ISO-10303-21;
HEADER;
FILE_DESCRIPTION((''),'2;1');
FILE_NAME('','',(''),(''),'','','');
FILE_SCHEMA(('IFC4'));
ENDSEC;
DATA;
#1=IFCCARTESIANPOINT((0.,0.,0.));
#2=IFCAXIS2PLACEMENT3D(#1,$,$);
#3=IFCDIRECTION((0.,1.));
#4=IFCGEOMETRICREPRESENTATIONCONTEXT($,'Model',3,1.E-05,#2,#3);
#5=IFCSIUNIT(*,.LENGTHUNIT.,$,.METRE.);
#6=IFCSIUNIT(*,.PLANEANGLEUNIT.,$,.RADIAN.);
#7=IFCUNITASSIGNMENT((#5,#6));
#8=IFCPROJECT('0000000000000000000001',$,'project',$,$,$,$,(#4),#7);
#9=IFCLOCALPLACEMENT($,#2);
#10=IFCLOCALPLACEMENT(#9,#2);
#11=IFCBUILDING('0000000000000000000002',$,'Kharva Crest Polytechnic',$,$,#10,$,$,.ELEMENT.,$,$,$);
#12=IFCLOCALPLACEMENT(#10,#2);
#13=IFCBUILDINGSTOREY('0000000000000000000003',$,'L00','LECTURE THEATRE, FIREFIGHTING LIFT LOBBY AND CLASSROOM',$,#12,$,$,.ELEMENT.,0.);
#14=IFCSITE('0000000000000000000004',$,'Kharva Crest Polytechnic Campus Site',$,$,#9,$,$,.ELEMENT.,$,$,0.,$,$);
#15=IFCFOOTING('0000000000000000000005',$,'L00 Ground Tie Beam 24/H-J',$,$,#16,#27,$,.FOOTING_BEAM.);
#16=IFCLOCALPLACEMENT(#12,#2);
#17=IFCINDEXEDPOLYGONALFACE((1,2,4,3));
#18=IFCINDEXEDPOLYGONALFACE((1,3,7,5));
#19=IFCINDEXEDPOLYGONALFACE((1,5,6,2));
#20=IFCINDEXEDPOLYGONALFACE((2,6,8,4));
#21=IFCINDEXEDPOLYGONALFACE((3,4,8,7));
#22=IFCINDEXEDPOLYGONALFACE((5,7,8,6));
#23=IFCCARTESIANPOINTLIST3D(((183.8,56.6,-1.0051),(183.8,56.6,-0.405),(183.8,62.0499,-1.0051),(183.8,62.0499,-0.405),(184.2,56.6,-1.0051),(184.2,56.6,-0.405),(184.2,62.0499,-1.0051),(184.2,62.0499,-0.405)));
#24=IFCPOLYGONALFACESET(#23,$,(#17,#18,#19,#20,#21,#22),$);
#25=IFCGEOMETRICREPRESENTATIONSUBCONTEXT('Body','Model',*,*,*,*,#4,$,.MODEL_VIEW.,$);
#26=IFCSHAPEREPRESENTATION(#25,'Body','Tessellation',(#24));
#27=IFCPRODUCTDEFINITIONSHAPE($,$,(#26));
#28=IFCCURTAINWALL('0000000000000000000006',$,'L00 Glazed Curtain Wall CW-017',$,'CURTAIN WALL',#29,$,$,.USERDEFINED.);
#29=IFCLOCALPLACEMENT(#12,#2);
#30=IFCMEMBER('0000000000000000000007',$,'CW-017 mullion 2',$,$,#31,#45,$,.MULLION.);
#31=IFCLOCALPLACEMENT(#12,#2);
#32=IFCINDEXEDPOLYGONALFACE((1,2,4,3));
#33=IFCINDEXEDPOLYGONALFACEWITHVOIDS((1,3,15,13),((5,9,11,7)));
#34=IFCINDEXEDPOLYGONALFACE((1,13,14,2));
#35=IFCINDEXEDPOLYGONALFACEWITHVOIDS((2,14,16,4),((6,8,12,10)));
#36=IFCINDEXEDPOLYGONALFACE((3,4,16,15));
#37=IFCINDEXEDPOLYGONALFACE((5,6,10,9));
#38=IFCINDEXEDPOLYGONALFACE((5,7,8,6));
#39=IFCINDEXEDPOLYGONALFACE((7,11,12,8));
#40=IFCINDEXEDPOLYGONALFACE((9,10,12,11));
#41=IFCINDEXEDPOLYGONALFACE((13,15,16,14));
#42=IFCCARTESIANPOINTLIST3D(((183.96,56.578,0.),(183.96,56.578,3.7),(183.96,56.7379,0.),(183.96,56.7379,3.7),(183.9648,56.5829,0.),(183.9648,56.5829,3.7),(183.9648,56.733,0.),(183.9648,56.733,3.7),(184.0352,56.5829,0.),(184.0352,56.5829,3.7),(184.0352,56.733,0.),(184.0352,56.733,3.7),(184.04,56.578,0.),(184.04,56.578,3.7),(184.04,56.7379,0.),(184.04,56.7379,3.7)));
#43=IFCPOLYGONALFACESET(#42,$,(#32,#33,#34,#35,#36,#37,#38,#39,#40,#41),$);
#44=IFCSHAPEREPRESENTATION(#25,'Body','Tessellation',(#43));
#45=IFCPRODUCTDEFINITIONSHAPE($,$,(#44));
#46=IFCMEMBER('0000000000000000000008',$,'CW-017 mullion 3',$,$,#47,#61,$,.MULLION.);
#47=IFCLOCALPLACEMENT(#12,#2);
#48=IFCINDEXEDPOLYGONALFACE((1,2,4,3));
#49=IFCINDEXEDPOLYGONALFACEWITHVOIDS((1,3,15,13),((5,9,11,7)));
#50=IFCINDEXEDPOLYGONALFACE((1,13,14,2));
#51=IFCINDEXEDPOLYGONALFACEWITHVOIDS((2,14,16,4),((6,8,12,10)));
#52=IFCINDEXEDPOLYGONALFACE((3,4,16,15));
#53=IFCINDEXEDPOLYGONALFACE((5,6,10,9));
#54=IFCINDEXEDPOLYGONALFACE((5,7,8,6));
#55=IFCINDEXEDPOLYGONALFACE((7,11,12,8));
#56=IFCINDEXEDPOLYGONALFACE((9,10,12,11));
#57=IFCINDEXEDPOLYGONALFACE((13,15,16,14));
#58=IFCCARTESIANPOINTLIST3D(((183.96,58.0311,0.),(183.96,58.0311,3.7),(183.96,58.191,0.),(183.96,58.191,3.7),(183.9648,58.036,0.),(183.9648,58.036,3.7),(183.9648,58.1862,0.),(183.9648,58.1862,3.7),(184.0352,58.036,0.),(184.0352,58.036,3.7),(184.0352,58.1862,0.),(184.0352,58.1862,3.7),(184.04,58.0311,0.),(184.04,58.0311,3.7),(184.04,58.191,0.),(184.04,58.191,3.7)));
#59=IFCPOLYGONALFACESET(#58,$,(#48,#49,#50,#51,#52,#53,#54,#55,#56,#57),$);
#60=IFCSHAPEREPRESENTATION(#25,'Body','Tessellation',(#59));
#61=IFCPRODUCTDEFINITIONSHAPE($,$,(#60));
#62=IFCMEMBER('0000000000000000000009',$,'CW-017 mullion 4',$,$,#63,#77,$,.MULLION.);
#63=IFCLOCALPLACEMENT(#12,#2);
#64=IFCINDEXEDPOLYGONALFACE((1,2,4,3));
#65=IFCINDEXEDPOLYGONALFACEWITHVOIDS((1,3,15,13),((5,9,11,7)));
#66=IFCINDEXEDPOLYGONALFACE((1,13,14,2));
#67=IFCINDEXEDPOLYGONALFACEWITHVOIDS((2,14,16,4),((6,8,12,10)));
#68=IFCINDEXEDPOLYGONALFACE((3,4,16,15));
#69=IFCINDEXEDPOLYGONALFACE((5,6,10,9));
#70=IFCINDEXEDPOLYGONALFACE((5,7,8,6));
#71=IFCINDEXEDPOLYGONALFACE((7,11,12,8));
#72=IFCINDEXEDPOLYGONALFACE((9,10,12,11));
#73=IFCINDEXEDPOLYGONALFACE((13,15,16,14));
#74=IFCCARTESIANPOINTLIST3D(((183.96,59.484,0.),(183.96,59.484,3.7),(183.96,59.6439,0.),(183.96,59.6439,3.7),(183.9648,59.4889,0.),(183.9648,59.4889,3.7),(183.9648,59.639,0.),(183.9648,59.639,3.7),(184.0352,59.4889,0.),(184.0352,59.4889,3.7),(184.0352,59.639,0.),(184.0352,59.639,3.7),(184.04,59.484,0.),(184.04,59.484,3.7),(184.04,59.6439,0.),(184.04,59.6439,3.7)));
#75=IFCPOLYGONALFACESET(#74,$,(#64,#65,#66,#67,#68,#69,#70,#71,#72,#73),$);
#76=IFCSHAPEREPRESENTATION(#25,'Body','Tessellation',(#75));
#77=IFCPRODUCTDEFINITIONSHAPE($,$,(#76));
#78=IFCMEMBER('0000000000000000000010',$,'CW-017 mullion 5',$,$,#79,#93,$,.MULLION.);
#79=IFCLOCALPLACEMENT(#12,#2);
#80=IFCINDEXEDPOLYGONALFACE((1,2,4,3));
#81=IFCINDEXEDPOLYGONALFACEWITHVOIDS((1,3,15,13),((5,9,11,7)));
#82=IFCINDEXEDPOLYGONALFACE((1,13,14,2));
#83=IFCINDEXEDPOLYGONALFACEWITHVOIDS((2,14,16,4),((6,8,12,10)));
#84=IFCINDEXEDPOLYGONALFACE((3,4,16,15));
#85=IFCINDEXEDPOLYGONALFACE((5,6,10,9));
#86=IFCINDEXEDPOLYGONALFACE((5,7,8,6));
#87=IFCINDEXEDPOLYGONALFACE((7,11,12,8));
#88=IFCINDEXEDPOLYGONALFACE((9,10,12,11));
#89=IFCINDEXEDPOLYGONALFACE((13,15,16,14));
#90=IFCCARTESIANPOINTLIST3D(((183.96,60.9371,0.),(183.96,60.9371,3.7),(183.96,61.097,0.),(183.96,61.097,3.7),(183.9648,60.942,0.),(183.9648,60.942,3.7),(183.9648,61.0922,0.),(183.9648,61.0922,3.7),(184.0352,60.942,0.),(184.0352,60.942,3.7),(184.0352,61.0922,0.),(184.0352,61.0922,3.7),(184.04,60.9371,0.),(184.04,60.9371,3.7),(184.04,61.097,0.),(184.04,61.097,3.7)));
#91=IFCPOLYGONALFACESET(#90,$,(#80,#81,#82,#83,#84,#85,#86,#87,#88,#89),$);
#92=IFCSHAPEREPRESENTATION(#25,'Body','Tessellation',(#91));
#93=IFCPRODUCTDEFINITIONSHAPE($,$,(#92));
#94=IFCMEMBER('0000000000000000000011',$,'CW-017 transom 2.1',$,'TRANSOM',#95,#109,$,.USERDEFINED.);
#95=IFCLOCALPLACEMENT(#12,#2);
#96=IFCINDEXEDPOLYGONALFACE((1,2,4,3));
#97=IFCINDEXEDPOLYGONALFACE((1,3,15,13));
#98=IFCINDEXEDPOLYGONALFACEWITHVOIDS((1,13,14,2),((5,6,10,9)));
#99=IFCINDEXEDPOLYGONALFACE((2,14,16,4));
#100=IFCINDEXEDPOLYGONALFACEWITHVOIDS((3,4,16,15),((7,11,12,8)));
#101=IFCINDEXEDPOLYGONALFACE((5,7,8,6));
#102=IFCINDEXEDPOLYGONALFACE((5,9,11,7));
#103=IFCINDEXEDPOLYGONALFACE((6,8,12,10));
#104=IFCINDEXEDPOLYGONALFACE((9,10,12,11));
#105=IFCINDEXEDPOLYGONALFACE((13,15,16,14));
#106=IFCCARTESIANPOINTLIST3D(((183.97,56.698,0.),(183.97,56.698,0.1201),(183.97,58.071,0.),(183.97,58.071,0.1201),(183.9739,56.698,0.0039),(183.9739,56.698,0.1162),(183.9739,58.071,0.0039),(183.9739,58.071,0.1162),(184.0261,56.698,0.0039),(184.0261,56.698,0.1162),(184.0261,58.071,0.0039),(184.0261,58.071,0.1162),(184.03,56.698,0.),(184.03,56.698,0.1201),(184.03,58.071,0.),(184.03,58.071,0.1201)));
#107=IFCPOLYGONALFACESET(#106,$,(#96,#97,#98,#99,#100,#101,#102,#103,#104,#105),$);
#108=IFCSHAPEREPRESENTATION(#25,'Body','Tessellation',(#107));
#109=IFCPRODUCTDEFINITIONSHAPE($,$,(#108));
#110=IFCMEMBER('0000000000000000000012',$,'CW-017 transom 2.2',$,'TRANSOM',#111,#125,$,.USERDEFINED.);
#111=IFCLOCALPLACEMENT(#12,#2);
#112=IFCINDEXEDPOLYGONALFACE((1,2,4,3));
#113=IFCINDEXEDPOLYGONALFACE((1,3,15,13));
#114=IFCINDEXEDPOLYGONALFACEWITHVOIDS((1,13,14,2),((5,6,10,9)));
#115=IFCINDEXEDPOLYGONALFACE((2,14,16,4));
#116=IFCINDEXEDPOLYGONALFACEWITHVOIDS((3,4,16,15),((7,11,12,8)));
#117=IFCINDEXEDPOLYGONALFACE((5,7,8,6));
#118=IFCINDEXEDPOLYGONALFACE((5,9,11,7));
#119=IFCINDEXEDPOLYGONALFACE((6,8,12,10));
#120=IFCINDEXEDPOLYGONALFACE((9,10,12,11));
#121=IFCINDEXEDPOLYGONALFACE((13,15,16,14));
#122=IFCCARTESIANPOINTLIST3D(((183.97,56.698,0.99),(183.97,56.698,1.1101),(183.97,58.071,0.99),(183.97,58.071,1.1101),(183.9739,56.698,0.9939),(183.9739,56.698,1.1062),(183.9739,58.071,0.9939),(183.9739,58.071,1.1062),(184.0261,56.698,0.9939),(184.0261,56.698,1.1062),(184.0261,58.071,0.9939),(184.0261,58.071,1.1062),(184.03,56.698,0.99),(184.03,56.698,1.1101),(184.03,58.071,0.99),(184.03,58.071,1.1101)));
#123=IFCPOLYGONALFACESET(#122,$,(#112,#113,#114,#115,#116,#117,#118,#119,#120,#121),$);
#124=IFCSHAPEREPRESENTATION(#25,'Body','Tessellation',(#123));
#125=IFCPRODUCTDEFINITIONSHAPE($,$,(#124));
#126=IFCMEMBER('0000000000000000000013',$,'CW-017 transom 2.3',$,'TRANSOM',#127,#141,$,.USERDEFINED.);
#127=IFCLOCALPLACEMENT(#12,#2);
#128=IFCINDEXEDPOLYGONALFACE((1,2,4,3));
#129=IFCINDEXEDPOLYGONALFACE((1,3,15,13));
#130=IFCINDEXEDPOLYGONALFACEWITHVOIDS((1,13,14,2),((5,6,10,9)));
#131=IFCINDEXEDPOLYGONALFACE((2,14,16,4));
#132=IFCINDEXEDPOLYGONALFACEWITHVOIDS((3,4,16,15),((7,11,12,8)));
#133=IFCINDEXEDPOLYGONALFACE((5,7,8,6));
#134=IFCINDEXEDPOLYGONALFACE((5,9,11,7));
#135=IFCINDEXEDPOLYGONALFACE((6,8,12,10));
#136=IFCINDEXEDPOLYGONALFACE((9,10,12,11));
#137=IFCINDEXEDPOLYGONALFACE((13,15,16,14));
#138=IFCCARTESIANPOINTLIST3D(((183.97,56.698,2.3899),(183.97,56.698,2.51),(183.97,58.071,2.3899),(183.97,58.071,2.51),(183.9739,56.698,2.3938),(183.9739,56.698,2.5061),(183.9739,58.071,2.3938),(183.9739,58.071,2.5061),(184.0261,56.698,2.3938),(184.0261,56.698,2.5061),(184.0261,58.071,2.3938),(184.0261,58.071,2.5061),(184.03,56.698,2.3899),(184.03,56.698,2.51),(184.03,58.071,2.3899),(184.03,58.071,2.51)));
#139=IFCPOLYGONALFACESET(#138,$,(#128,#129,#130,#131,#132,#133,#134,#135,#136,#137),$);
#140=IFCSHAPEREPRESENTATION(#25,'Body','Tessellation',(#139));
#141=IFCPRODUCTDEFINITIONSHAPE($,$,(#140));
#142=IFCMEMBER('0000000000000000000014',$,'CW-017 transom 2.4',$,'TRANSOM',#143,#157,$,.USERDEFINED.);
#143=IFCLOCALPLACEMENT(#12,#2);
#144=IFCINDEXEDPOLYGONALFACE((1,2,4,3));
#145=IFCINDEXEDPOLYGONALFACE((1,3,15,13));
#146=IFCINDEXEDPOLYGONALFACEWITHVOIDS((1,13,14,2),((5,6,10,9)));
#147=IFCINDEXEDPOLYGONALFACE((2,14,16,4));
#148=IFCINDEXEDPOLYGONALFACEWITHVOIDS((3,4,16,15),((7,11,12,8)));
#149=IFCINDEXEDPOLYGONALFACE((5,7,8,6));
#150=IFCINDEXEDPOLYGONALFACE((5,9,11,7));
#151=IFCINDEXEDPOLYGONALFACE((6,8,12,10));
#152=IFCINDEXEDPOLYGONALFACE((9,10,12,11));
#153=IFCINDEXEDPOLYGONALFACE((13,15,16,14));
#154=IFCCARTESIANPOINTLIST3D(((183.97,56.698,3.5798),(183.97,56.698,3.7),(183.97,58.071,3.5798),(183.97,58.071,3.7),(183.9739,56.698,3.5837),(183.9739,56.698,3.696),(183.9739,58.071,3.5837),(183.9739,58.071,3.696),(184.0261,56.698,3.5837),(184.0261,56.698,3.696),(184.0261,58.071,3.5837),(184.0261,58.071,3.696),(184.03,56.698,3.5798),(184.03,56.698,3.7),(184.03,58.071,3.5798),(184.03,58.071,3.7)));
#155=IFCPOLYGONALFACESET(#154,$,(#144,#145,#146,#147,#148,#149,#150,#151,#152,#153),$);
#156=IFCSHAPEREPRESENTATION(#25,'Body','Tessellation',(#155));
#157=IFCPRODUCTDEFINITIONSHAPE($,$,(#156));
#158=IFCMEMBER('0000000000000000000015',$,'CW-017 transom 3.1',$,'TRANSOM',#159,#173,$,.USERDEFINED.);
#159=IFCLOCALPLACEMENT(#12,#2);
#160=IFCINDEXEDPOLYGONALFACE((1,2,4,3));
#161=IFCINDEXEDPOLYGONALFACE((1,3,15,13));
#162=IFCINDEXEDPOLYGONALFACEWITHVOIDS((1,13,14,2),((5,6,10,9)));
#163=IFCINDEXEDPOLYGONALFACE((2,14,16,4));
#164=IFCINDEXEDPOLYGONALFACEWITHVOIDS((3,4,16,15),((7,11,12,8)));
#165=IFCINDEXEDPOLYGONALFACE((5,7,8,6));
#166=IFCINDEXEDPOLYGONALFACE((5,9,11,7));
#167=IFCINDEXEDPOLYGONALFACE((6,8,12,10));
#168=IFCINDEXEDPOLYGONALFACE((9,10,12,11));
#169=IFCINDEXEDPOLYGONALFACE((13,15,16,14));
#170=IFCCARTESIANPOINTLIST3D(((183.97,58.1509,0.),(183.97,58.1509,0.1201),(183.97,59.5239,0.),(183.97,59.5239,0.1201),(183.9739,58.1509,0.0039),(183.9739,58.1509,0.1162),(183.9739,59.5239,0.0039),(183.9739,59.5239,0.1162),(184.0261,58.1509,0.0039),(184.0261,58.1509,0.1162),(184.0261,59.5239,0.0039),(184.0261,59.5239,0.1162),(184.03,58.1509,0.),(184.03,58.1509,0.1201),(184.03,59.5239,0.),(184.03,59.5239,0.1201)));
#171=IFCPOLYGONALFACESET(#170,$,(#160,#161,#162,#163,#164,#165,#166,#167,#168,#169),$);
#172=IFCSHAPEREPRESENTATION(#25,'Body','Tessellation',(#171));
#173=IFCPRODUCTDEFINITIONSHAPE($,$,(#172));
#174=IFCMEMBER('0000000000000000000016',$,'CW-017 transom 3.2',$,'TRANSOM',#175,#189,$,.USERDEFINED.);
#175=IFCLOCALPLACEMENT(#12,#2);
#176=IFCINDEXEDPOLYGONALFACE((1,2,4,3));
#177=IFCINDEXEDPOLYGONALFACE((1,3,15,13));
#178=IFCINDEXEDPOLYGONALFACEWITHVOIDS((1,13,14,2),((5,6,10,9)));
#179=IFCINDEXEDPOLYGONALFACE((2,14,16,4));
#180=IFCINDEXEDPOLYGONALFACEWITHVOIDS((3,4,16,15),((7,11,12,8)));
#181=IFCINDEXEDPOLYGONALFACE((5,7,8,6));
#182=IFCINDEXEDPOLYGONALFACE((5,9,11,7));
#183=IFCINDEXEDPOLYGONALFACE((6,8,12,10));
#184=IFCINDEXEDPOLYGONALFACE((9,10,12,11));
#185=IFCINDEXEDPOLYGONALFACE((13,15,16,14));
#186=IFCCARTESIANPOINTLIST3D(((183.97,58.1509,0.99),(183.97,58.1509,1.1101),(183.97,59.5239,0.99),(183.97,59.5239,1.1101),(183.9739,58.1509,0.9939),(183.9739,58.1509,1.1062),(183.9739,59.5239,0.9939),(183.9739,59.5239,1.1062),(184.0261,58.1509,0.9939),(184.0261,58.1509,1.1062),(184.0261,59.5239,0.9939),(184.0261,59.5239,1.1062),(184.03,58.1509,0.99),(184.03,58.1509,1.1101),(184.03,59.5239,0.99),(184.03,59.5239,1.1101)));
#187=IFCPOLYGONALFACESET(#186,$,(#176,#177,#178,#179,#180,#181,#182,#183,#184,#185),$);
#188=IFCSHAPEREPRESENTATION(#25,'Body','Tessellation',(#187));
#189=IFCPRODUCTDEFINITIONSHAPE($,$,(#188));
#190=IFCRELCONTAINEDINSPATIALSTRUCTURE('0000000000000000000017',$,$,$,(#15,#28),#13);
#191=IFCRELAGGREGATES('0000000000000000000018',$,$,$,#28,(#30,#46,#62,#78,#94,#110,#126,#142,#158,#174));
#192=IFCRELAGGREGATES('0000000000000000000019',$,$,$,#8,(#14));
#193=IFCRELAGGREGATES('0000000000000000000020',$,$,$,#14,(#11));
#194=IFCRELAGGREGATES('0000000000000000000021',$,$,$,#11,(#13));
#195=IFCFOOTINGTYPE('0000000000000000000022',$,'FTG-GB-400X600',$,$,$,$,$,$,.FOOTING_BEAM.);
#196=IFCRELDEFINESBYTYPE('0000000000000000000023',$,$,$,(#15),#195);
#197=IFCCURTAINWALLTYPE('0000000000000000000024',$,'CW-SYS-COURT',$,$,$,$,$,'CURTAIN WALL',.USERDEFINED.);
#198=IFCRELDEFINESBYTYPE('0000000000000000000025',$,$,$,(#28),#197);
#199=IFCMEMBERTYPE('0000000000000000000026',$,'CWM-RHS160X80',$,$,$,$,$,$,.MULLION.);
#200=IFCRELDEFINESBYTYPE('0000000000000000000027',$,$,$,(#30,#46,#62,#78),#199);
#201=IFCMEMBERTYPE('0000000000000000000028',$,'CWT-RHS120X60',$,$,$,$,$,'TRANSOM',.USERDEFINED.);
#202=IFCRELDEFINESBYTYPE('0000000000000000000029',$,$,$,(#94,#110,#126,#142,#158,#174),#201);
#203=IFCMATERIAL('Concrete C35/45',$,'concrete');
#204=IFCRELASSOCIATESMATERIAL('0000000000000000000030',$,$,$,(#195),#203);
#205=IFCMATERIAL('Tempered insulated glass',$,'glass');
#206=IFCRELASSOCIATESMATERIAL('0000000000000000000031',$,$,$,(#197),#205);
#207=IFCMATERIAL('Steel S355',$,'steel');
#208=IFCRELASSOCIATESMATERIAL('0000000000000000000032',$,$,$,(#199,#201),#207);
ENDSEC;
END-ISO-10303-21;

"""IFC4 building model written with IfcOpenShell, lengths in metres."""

from ifc_helpers import new_model, si_unit, direction, frame, origin, origin_2d, place, context, subcontext, project, spatial, rectangle, hollow_rectangle, extrude, material, material_profile, profile_set, type_object, element, aggregate, save


model = new_model("IFC4")

# Units and contexts
model_context = context("Model", 3, precision=1e-05, world=origin(), true_north=direction((0.0, 1.0)))
body_context = subcontext(model_context, "Body", "Model", "MODEL_VIEW")
ifc_project = project(units=[si_unit("LENGTHUNIT", "METRE"), si_unit("PLANEANGLEUNIT", "RADIAN")], contexts=[model_context])

# Site, building, storey
site_placement = place(None, origin())
site = spatial("IfcSite", under=ifc_project, at=site_placement, Name="Kharva Crest Polytechnic Campus Site", CompositionType="ELEMENT", RefElevation=0.0)
building_placement = place(site_placement, origin())
building = spatial("IfcBuilding", under=site, at=building_placement, Name="Kharva Crest Polytechnic", CompositionType="ELEMENT")
storey_placement = place(building_placement, origin())
storey = spatial("IfcBuildingStorey", under=building, at=storey_placement, Name="L00", Description="LECTURE THEATRE, FIREFIGHTING LIFT LOBBY AND CLASSROOM", CompositionType="ELEMENT", Elevation=0.0)

# Footing
ifc_material_1 = material(Name="Concrete C35/45", Category="concrete")
footing_type = type_object("IfcFootingType", Name="FTG-GB-400X600", PredefinedType="FOOTING_BEAM", material=ifc_material_1)
footing_placement = place(storey_placement, frame((184.0, 59.325, -1.0051), z_axis=(0.0, 0.0, 1.0), x_axis=(0.0, 1.0, 0.0)))
element("IfcFooting", 1, at=footing_placement, inside=storey, type_object=footing_type, Name="L00 Ground Tie Beam 24/H-J", PredefinedType="FOOTING_BEAM", context=body_context, shape_type="SweptSolid", body=[
    extrude(rectangle(XDim=5.45, YDim=0.3999, at=origin_2d()), origin(), (0.0, 0.0, 1.0), 0.6001),
])

# Curtain wall, members
ifc_material_2 = material(Name="Tempered insulated glass", Category="glass")
curtain_wall_type = type_object("IfcCurtainWallType", Name="CW-SYS-COURT", ElementType="CURTAIN WALL", PredefinedType="USERDEFINED", material=ifc_material_2)
curtain_wall_placement = place(storey_placement, origin())
curtain_wall = element("IfcCurtainWall", 2, at=curtain_wall_placement, inside=storey, type_object=curtain_wall_type, Name="L00 Glazed Curtain Wall CW-017", ObjectType="CURTAIN WALL", PredefinedType="USERDEFINED")
ifc_material_3 = material(Name="Steel S355", Category="steel")
ifc_material_profile_1 = material_profile(ifc_material_3, hollow_rectangle(XDim=0.0801, YDim=0.1599, WallThickness=0.0049, at=origin_2d()), Name="RHS 160X80X5.0")
ifc_profile_set_1 = profile_set([ifc_material_profile_1], Name="Steel S355")
member_type_1 = type_object("IfcMemberType", Name="CWM-RHS160X80", PredefinedType="MULLION", material=ifc_profile_set_1)
member_1_placement = place(storey_placement, frame((184.0, 56.658, 0.0), z_axis=(0.0, 0.0, 1.0), x_axis=(-1.0, 0.0, 0.0)))
member_1 = element("IfcMember", 3, at=member_1_placement, type_object=member_type_1, Name="CW-017 mullion 2", PredefinedType="MULLION", context=body_context, shape_type="SweptSolid", body=[
    extrude(hollow_rectangle(XDim=0.0801, YDim=0.1599, WallThickness=0.0049, at=origin_2d()), origin(), (0.0, 0.0, 1.0), 3.7),
])
member_2_placement = place(storey_placement, frame((184.0, 58.1111, 0.0), z_axis=(0.0, 0.0, 1.0), x_axis=(-1.0, 0.0, 0.0)))
member_2 = element("IfcMember", 4, at=member_2_placement, type_object=member_type_1, Name="CW-017 mullion 3", PredefinedType="MULLION", context=body_context, shape_type="SweptSolid", body=[
    extrude(hollow_rectangle(XDim=0.0801, YDim=0.1599, WallThickness=0.0049, at=origin_2d()), origin(), (0.0, 0.0, 1.0), 3.7),
])
member_3_placement = place(storey_placement, frame((184.0, 59.564, 0.0), z_axis=(0.0, 0.0, 1.0), x_axis=(-1.0, 0.0, 0.0)))
member_3 = element("IfcMember", 5, at=member_3_placement, type_object=member_type_1, Name="CW-017 mullion 4", PredefinedType="MULLION", context=body_context, shape_type="SweptSolid", body=[
    extrude(hollow_rectangle(XDim=0.0801, YDim=0.1599, WallThickness=0.0049, at=origin_2d()), origin(), (0.0, 0.0, 1.0), 3.7),
])
member_4_placement = place(storey_placement, frame((184.0, 61.0171, 0.0), z_axis=(0.0, 0.0, 1.0), x_axis=(-1.0, 0.0, 0.0)))
member_4 = element("IfcMember", 6, at=member_4_placement, type_object=member_type_1, Name="CW-017 mullion 5", PredefinedType="MULLION", context=body_context, shape_type="SweptSolid", body=[
    extrude(hollow_rectangle(XDim=0.0801, YDim=0.1599, WallThickness=0.0049, at=origin_2d()), origin(), (0.0, 0.0, 1.0), 3.7),
])
ifc_material_profile_2 = material_profile(ifc_material_3, hollow_rectangle(XDim=0.0601, YDim=0.1201, WallThickness=0.0039, at=origin_2d()), Name="RHS 120X60X4.0")
ifc_profile_set_2 = profile_set([ifc_material_profile_2], Name="Steel S355")
member_type_2 = type_object("IfcMemberType", Name="CWT-RHS120X60", ElementType="TRANSOM", PredefinedType="USERDEFINED", material=ifc_profile_set_2)
member_5_placement = place(storey_placement, frame((184.0, 56.698, 0.0601), z_axis=(0.0, 1.0, 0.0), x_axis=(-1.0, 0.0, 0.0)))
member_5 = element("IfcMember", 7, at=member_5_placement, type_object=member_type_2, Name="CW-017 transom 2.1", ObjectType="TRANSOM", PredefinedType="USERDEFINED", context=body_context, shape_type="SweptSolid", body=[
    extrude(hollow_rectangle(XDim=0.0601, YDim=0.1201, WallThickness=0.0039, at=origin_2d()), origin(), (0.0, 0.0, 1.0), 1.373),
])
member_6_placement = place(storey_placement, frame((184.0, 56.698, 1.05), z_axis=(0.0, 1.0, 0.0), x_axis=(-1.0, 0.0, 0.0)))
member_6 = element("IfcMember", 8, at=member_6_placement, type_object=member_type_2, Name="CW-017 transom 2.2", ObjectType="TRANSOM", PredefinedType="USERDEFINED", context=body_context, shape_type="SweptSolid", body=[
    extrude(hollow_rectangle(XDim=0.0601, YDim=0.1201, WallThickness=0.0039, at=origin_2d()), origin(), (0.0, 0.0, 1.0), 1.373),
])
member_7_placement = place(storey_placement, frame((184.0, 56.698, 2.45), z_axis=(0.0, 1.0, 0.0), x_axis=(-1.0, 0.0, 0.0)))
member_7 = element("IfcMember", 9, at=member_7_placement, type_object=member_type_2, Name="CW-017 transom 2.3", ObjectType="TRANSOM", PredefinedType="USERDEFINED", context=body_context, shape_type="SweptSolid", body=[
    extrude(hollow_rectangle(XDim=0.0601, YDim=0.1201, WallThickness=0.0039, at=origin_2d()), origin(), (0.0, 0.0, 1.0), 1.373),
])
member_8_placement = place(storey_placement, frame((184.0, 56.698, 3.6399), z_axis=(0.0, 1.0, 0.0), x_axis=(-1.0, 0.0, 0.0)))
member_8 = element("IfcMember", 10, at=member_8_placement, type_object=member_type_2, Name="CW-017 transom 2.4", ObjectType="TRANSOM", PredefinedType="USERDEFINED", context=body_context, shape_type="SweptSolid", body=[
    extrude(hollow_rectangle(XDim=0.0601, YDim=0.1201, WallThickness=0.0039, at=origin_2d()), origin(), (0.0, 0.0, 1.0), 1.373),
])
member_9_placement = place(storey_placement, frame((184.0, 58.1509, 0.0601), z_axis=(0.0, 1.0, 0.0), x_axis=(-1.0, 0.0, 0.0)))
member_9 = element("IfcMember", 11, at=member_9_placement, type_object=member_type_2, Name="CW-017 transom 3.1", ObjectType="TRANSOM", PredefinedType="USERDEFINED", context=body_context, shape_type="SweptSolid", body=[
    extrude(hollow_rectangle(XDim=0.0601, YDim=0.1201, WallThickness=0.0039, at=origin_2d()), origin(), (0.0, 0.0, 1.0), 1.373),
])
member_10_placement = place(storey_placement, frame((184.0, 58.1509, 1.05), z_axis=(0.0, 1.0, 0.0), x_axis=(-1.0, 0.0, 0.0)))
member_10 = element("IfcMember", 12, at=member_10_placement, type_object=member_type_2, Name="CW-017 transom 3.2", ObjectType="TRANSOM", PredefinedType="USERDEFINED", context=body_context, shape_type="SweptSolid", body=[
    extrude(hollow_rectangle(XDim=0.0601, YDim=0.1201, WallThickness=0.0039, at=origin_2d()), origin(), (0.0, 0.0, 1.0), 1.373),
])
aggregate(curtain_wall, [member_1, member_2, member_3, member_4, member_5, member_6, member_7, member_8, member_9, member_10])

save(model, "model.ifc")
